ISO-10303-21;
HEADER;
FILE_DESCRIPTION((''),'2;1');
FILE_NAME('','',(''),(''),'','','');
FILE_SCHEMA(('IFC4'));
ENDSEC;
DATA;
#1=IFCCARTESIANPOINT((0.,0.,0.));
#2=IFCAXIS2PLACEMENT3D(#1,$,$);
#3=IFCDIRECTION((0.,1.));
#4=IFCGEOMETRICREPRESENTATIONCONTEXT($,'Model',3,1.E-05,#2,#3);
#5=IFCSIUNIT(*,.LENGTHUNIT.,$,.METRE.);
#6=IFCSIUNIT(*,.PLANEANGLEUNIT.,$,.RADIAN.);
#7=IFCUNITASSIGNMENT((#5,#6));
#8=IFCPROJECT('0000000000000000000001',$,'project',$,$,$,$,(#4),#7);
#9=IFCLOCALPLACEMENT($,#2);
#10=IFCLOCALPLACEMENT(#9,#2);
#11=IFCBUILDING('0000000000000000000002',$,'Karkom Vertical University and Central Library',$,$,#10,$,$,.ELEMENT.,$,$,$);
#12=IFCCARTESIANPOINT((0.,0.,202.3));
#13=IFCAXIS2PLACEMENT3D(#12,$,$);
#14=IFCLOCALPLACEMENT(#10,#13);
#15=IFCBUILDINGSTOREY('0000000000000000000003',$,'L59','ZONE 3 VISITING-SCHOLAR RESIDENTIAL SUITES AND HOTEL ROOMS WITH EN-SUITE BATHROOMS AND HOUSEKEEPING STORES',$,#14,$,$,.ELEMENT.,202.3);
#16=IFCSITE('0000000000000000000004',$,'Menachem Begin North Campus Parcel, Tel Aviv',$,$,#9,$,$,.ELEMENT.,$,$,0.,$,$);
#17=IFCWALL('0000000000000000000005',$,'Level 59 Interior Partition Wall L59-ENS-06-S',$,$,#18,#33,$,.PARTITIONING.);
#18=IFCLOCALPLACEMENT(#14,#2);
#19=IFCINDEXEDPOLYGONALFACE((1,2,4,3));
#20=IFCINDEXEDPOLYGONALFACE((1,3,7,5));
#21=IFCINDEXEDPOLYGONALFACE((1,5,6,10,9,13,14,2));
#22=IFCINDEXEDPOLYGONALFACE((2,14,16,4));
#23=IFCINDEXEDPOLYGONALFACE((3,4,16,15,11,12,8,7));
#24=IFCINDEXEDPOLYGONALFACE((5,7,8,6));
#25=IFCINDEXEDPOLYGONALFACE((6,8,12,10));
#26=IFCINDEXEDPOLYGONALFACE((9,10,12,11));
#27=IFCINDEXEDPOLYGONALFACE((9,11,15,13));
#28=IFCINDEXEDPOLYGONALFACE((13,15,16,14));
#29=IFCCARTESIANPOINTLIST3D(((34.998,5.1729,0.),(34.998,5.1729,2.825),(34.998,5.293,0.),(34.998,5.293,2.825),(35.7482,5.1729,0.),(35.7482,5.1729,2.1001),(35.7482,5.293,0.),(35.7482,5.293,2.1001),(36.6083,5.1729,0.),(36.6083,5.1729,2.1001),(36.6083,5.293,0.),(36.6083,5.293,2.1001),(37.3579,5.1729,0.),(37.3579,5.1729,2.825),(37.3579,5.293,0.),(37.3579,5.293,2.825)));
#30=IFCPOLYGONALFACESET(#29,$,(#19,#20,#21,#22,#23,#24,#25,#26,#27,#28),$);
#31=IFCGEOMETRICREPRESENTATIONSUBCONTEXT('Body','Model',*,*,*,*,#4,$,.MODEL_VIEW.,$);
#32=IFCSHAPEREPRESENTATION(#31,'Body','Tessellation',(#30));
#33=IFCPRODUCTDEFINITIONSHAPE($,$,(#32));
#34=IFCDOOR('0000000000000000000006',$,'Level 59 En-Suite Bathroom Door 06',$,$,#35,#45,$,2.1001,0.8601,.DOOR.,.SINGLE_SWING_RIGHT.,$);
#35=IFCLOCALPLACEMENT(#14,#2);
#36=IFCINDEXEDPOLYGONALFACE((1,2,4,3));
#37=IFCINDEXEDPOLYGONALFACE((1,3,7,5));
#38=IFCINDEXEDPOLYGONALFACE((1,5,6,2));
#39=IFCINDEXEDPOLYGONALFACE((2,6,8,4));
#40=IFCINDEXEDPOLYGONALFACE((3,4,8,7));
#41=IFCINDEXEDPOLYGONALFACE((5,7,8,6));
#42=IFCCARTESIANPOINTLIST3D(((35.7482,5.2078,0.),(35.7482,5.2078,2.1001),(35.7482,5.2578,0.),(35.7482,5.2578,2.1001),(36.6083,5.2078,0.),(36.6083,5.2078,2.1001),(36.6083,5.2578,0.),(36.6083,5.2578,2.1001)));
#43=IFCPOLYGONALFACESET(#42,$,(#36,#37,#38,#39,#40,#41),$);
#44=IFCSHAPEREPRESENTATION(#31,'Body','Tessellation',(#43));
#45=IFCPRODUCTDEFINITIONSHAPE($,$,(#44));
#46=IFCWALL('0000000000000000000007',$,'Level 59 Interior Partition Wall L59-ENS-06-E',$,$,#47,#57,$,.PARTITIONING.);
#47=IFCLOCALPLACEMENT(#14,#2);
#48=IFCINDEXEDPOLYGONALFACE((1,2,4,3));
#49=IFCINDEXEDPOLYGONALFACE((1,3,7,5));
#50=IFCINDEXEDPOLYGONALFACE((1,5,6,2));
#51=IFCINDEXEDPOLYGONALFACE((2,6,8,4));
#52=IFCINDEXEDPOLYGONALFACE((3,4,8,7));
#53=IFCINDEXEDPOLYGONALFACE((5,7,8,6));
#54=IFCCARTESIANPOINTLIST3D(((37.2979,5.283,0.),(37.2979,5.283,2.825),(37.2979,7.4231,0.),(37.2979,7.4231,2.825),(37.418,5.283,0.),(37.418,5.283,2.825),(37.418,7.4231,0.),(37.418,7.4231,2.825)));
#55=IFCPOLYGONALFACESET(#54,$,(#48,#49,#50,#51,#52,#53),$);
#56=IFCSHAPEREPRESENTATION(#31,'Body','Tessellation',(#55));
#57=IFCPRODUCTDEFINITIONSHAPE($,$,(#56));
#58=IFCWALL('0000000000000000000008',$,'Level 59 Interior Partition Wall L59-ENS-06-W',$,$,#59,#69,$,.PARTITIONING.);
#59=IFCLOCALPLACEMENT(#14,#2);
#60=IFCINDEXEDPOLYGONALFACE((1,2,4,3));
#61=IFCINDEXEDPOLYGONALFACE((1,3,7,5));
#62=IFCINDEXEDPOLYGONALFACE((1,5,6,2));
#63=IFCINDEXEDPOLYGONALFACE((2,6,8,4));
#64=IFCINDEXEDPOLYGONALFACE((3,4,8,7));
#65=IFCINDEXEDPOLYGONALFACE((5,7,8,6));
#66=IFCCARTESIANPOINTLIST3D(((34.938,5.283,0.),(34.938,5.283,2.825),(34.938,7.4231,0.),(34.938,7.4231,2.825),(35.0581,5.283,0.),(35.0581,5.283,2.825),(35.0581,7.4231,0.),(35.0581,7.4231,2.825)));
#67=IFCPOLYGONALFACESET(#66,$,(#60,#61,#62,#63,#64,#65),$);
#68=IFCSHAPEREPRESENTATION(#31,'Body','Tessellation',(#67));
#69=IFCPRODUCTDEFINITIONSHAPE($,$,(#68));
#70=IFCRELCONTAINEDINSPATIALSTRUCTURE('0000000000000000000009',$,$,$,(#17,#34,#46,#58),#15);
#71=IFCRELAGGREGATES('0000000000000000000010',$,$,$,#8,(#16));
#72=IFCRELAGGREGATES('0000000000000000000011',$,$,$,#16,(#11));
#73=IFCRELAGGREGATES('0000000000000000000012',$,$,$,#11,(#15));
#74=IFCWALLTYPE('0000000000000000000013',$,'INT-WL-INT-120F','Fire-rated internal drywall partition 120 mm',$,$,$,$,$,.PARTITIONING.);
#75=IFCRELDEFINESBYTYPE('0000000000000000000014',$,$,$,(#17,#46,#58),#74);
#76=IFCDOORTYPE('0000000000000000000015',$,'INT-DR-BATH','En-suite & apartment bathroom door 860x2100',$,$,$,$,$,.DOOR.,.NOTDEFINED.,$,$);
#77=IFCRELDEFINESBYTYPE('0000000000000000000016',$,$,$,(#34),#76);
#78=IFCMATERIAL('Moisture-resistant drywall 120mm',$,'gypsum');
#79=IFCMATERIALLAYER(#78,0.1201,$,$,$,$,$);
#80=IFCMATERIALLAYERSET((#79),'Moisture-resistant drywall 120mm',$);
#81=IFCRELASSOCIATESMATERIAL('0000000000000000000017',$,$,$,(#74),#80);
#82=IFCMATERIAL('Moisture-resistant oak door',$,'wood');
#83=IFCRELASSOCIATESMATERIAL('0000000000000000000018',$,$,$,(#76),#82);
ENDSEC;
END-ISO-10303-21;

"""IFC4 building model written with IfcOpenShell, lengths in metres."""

from ifc_helpers import new_model, si_unit, direction, frame, frame_2d, origin, origin_with_axes, place, context, subcontext, project, spatial, rectangle, extrude, source, transform, mapped, material, layer, layer_set, type_object, element, fill, save


model = new_model("IFC4")

# Units and contexts
model_context = context("Model", 3, precision=1e-05, world=origin(), true_north=direction((0.0, 1.0)))
body_context = subcontext(model_context, "Body", "Model", "MODEL_VIEW")
ifc_project = project(units=[si_unit("LENGTHUNIT", "METRE"), si_unit("PLANEANGLEUNIT", "RADIAN")], contexts=[model_context])

# Site, building, storey
site_placement = place(None, origin())
site = spatial("IfcSite", under=ifc_project, at=site_placement, Name="Menachem Begin North Campus Parcel, Tel Aviv", CompositionType="ELEMENT", RefElevation=0.0)
building_placement = place(site_placement, origin())
building = spatial("IfcBuilding", under=site, at=building_placement, Name="Karkom Vertical University and Central Library", CompositionType="ELEMENT")
storey_placement = place(building_placement, frame((0.0, 0.0, 202.3)))
storey = spatial("IfcBuildingStorey", under=building, at=storey_placement, Name="L59", Description="ZONE 3 VISITING-SCHOLAR RESIDENTIAL SUITES AND HOTEL ROOMS WITH EN-SUITE BATHROOMS AND HOUSEKEEPING STORES", CompositionType="ELEMENT", Elevation=202.3)

# Wall, opening, door
ifc_material_1 = material(Name="Moisture-resistant drywall 120mm", Category="gypsum")
ifc_layer_1 = layer(ifc_material_1, 0.1201)
ifc_layer_set_1 = layer_set([ifc_layer_1], Name="Moisture-resistant drywall 120mm")
wall_type_1 = type_object("IfcWallType", Name="INT-WL-INT-120F", Description="Fire-rated internal drywall partition 120 mm", PredefinedType="PARTITIONING", material=ifc_layer_set_1)
wall_1_placement = place(storey_placement, frame((34.998, 5.2329, 0.0), z_axis=(0.0, 0.0, 1.0), x_axis=(1.0, 0.0, 0.0)))
wall_1 = element("IfcWall", 1, at=wall_1_placement, inside=storey, type_object=wall_type_1, Name="Level 59 Interior Partition Wall L59-ENS-06-S", PredefinedType="PARTITIONING", context=body_context, shape_type="SweptSolid", body=[
    extrude(rectangle(XDim=2.3599, YDim=0.1201, at=frame_2d((1.1799, 0.0))), origin(), (0.0, 0.0, 1.0), 2.825),
])
opening_placement = place(wall_1_placement, frame((0.75, 0.0, 0.0)))
opening = element("IfcOpeningElement", 2, at=opening_placement, cuts=wall_1, PredefinedType="OPENING", context=body_context, shape_type="SweptSolid", body=[
    extrude(rectangle(XDim=0.8601, YDim=2.1001, at=frame_2d((0.4302, 1.05))), frame((0.0, 0.0701, 0.0), z_axis=(0.0, -1.0, 0.0), x_axis=(1.0, 0.0, 0.0)), (0.0, 0.0, 1.0), 0.1401),
])
ifc_material_2 = material(Name="Moisture-resistant oak door", Category="wood")
door_type = type_object("IfcDoorType", Name="INT-DR-BATH", Description="En-suite & apartment bathroom door 860x2100", OperationType="NOTDEFINED", PredefinedType="DOOR", material=ifc_material_2)
shared_shape_1 = source(origin_with_axes(), body_context, "Body", "SweptSolid", [
    extrude(rectangle(XDim=0.8601, YDim=2.1001, at=frame_2d((0.4302, 1.05))), frame((0.0, 0.0249, 0.0), z_axis=(0.0, -1.0, 0.0), x_axis=(1.0, 0.0, 0.0)), (0.0, 0.0, 1.0), 0.05),
])
door_placement = place(opening_placement, origin())
door = element("IfcDoor", 3, at=door_placement, inside=storey, type_object=door_type, Name="Level 59 En-Suite Bathroom Door 06", OperationType="SINGLE_SWING_RIGHT", OverallHeight=2.1001, OverallWidth=0.8601, PredefinedType="DOOR", context=body_context, shape_type="MappedRepresentation", body=[
    mapped(shared_shape_1, transform((0.0, 0.0, 0.0), scale=1.0)),
])
fill(opening, door)

# Walls
for number, where, z_axis, x_axis, name in (
    (4, (37.3579, 5.283, 0.0), (0.0, 0.0, 1.0), (0.0, 1.0, 0.0), "Level 59 Interior Partition Wall L59-ENS-06-E"),
    (5, (34.998, 7.4231, 0.0), (0.0, 0.0, 1.0), (0.0, -1.0, 0.0), "Level 59 Interior Partition Wall L59-ENS-06-W"),
):
    element("IfcWall", number, at=place(storey_placement, frame(where, z_axis=z_axis, x_axis=x_axis)), inside=storey, type_object=wall_type_1, Name=name, PredefinedType="PARTITIONING", context=body_context, shape_type="SweptSolid", body=[
        extrude(rectangle(XDim=2.1401, YDim=0.1201, at=frame_2d((1.0701, 0.0))), origin(), (0.0, 0.0, 1.0), 2.825),
    ])

save(model, "model.ifc")
